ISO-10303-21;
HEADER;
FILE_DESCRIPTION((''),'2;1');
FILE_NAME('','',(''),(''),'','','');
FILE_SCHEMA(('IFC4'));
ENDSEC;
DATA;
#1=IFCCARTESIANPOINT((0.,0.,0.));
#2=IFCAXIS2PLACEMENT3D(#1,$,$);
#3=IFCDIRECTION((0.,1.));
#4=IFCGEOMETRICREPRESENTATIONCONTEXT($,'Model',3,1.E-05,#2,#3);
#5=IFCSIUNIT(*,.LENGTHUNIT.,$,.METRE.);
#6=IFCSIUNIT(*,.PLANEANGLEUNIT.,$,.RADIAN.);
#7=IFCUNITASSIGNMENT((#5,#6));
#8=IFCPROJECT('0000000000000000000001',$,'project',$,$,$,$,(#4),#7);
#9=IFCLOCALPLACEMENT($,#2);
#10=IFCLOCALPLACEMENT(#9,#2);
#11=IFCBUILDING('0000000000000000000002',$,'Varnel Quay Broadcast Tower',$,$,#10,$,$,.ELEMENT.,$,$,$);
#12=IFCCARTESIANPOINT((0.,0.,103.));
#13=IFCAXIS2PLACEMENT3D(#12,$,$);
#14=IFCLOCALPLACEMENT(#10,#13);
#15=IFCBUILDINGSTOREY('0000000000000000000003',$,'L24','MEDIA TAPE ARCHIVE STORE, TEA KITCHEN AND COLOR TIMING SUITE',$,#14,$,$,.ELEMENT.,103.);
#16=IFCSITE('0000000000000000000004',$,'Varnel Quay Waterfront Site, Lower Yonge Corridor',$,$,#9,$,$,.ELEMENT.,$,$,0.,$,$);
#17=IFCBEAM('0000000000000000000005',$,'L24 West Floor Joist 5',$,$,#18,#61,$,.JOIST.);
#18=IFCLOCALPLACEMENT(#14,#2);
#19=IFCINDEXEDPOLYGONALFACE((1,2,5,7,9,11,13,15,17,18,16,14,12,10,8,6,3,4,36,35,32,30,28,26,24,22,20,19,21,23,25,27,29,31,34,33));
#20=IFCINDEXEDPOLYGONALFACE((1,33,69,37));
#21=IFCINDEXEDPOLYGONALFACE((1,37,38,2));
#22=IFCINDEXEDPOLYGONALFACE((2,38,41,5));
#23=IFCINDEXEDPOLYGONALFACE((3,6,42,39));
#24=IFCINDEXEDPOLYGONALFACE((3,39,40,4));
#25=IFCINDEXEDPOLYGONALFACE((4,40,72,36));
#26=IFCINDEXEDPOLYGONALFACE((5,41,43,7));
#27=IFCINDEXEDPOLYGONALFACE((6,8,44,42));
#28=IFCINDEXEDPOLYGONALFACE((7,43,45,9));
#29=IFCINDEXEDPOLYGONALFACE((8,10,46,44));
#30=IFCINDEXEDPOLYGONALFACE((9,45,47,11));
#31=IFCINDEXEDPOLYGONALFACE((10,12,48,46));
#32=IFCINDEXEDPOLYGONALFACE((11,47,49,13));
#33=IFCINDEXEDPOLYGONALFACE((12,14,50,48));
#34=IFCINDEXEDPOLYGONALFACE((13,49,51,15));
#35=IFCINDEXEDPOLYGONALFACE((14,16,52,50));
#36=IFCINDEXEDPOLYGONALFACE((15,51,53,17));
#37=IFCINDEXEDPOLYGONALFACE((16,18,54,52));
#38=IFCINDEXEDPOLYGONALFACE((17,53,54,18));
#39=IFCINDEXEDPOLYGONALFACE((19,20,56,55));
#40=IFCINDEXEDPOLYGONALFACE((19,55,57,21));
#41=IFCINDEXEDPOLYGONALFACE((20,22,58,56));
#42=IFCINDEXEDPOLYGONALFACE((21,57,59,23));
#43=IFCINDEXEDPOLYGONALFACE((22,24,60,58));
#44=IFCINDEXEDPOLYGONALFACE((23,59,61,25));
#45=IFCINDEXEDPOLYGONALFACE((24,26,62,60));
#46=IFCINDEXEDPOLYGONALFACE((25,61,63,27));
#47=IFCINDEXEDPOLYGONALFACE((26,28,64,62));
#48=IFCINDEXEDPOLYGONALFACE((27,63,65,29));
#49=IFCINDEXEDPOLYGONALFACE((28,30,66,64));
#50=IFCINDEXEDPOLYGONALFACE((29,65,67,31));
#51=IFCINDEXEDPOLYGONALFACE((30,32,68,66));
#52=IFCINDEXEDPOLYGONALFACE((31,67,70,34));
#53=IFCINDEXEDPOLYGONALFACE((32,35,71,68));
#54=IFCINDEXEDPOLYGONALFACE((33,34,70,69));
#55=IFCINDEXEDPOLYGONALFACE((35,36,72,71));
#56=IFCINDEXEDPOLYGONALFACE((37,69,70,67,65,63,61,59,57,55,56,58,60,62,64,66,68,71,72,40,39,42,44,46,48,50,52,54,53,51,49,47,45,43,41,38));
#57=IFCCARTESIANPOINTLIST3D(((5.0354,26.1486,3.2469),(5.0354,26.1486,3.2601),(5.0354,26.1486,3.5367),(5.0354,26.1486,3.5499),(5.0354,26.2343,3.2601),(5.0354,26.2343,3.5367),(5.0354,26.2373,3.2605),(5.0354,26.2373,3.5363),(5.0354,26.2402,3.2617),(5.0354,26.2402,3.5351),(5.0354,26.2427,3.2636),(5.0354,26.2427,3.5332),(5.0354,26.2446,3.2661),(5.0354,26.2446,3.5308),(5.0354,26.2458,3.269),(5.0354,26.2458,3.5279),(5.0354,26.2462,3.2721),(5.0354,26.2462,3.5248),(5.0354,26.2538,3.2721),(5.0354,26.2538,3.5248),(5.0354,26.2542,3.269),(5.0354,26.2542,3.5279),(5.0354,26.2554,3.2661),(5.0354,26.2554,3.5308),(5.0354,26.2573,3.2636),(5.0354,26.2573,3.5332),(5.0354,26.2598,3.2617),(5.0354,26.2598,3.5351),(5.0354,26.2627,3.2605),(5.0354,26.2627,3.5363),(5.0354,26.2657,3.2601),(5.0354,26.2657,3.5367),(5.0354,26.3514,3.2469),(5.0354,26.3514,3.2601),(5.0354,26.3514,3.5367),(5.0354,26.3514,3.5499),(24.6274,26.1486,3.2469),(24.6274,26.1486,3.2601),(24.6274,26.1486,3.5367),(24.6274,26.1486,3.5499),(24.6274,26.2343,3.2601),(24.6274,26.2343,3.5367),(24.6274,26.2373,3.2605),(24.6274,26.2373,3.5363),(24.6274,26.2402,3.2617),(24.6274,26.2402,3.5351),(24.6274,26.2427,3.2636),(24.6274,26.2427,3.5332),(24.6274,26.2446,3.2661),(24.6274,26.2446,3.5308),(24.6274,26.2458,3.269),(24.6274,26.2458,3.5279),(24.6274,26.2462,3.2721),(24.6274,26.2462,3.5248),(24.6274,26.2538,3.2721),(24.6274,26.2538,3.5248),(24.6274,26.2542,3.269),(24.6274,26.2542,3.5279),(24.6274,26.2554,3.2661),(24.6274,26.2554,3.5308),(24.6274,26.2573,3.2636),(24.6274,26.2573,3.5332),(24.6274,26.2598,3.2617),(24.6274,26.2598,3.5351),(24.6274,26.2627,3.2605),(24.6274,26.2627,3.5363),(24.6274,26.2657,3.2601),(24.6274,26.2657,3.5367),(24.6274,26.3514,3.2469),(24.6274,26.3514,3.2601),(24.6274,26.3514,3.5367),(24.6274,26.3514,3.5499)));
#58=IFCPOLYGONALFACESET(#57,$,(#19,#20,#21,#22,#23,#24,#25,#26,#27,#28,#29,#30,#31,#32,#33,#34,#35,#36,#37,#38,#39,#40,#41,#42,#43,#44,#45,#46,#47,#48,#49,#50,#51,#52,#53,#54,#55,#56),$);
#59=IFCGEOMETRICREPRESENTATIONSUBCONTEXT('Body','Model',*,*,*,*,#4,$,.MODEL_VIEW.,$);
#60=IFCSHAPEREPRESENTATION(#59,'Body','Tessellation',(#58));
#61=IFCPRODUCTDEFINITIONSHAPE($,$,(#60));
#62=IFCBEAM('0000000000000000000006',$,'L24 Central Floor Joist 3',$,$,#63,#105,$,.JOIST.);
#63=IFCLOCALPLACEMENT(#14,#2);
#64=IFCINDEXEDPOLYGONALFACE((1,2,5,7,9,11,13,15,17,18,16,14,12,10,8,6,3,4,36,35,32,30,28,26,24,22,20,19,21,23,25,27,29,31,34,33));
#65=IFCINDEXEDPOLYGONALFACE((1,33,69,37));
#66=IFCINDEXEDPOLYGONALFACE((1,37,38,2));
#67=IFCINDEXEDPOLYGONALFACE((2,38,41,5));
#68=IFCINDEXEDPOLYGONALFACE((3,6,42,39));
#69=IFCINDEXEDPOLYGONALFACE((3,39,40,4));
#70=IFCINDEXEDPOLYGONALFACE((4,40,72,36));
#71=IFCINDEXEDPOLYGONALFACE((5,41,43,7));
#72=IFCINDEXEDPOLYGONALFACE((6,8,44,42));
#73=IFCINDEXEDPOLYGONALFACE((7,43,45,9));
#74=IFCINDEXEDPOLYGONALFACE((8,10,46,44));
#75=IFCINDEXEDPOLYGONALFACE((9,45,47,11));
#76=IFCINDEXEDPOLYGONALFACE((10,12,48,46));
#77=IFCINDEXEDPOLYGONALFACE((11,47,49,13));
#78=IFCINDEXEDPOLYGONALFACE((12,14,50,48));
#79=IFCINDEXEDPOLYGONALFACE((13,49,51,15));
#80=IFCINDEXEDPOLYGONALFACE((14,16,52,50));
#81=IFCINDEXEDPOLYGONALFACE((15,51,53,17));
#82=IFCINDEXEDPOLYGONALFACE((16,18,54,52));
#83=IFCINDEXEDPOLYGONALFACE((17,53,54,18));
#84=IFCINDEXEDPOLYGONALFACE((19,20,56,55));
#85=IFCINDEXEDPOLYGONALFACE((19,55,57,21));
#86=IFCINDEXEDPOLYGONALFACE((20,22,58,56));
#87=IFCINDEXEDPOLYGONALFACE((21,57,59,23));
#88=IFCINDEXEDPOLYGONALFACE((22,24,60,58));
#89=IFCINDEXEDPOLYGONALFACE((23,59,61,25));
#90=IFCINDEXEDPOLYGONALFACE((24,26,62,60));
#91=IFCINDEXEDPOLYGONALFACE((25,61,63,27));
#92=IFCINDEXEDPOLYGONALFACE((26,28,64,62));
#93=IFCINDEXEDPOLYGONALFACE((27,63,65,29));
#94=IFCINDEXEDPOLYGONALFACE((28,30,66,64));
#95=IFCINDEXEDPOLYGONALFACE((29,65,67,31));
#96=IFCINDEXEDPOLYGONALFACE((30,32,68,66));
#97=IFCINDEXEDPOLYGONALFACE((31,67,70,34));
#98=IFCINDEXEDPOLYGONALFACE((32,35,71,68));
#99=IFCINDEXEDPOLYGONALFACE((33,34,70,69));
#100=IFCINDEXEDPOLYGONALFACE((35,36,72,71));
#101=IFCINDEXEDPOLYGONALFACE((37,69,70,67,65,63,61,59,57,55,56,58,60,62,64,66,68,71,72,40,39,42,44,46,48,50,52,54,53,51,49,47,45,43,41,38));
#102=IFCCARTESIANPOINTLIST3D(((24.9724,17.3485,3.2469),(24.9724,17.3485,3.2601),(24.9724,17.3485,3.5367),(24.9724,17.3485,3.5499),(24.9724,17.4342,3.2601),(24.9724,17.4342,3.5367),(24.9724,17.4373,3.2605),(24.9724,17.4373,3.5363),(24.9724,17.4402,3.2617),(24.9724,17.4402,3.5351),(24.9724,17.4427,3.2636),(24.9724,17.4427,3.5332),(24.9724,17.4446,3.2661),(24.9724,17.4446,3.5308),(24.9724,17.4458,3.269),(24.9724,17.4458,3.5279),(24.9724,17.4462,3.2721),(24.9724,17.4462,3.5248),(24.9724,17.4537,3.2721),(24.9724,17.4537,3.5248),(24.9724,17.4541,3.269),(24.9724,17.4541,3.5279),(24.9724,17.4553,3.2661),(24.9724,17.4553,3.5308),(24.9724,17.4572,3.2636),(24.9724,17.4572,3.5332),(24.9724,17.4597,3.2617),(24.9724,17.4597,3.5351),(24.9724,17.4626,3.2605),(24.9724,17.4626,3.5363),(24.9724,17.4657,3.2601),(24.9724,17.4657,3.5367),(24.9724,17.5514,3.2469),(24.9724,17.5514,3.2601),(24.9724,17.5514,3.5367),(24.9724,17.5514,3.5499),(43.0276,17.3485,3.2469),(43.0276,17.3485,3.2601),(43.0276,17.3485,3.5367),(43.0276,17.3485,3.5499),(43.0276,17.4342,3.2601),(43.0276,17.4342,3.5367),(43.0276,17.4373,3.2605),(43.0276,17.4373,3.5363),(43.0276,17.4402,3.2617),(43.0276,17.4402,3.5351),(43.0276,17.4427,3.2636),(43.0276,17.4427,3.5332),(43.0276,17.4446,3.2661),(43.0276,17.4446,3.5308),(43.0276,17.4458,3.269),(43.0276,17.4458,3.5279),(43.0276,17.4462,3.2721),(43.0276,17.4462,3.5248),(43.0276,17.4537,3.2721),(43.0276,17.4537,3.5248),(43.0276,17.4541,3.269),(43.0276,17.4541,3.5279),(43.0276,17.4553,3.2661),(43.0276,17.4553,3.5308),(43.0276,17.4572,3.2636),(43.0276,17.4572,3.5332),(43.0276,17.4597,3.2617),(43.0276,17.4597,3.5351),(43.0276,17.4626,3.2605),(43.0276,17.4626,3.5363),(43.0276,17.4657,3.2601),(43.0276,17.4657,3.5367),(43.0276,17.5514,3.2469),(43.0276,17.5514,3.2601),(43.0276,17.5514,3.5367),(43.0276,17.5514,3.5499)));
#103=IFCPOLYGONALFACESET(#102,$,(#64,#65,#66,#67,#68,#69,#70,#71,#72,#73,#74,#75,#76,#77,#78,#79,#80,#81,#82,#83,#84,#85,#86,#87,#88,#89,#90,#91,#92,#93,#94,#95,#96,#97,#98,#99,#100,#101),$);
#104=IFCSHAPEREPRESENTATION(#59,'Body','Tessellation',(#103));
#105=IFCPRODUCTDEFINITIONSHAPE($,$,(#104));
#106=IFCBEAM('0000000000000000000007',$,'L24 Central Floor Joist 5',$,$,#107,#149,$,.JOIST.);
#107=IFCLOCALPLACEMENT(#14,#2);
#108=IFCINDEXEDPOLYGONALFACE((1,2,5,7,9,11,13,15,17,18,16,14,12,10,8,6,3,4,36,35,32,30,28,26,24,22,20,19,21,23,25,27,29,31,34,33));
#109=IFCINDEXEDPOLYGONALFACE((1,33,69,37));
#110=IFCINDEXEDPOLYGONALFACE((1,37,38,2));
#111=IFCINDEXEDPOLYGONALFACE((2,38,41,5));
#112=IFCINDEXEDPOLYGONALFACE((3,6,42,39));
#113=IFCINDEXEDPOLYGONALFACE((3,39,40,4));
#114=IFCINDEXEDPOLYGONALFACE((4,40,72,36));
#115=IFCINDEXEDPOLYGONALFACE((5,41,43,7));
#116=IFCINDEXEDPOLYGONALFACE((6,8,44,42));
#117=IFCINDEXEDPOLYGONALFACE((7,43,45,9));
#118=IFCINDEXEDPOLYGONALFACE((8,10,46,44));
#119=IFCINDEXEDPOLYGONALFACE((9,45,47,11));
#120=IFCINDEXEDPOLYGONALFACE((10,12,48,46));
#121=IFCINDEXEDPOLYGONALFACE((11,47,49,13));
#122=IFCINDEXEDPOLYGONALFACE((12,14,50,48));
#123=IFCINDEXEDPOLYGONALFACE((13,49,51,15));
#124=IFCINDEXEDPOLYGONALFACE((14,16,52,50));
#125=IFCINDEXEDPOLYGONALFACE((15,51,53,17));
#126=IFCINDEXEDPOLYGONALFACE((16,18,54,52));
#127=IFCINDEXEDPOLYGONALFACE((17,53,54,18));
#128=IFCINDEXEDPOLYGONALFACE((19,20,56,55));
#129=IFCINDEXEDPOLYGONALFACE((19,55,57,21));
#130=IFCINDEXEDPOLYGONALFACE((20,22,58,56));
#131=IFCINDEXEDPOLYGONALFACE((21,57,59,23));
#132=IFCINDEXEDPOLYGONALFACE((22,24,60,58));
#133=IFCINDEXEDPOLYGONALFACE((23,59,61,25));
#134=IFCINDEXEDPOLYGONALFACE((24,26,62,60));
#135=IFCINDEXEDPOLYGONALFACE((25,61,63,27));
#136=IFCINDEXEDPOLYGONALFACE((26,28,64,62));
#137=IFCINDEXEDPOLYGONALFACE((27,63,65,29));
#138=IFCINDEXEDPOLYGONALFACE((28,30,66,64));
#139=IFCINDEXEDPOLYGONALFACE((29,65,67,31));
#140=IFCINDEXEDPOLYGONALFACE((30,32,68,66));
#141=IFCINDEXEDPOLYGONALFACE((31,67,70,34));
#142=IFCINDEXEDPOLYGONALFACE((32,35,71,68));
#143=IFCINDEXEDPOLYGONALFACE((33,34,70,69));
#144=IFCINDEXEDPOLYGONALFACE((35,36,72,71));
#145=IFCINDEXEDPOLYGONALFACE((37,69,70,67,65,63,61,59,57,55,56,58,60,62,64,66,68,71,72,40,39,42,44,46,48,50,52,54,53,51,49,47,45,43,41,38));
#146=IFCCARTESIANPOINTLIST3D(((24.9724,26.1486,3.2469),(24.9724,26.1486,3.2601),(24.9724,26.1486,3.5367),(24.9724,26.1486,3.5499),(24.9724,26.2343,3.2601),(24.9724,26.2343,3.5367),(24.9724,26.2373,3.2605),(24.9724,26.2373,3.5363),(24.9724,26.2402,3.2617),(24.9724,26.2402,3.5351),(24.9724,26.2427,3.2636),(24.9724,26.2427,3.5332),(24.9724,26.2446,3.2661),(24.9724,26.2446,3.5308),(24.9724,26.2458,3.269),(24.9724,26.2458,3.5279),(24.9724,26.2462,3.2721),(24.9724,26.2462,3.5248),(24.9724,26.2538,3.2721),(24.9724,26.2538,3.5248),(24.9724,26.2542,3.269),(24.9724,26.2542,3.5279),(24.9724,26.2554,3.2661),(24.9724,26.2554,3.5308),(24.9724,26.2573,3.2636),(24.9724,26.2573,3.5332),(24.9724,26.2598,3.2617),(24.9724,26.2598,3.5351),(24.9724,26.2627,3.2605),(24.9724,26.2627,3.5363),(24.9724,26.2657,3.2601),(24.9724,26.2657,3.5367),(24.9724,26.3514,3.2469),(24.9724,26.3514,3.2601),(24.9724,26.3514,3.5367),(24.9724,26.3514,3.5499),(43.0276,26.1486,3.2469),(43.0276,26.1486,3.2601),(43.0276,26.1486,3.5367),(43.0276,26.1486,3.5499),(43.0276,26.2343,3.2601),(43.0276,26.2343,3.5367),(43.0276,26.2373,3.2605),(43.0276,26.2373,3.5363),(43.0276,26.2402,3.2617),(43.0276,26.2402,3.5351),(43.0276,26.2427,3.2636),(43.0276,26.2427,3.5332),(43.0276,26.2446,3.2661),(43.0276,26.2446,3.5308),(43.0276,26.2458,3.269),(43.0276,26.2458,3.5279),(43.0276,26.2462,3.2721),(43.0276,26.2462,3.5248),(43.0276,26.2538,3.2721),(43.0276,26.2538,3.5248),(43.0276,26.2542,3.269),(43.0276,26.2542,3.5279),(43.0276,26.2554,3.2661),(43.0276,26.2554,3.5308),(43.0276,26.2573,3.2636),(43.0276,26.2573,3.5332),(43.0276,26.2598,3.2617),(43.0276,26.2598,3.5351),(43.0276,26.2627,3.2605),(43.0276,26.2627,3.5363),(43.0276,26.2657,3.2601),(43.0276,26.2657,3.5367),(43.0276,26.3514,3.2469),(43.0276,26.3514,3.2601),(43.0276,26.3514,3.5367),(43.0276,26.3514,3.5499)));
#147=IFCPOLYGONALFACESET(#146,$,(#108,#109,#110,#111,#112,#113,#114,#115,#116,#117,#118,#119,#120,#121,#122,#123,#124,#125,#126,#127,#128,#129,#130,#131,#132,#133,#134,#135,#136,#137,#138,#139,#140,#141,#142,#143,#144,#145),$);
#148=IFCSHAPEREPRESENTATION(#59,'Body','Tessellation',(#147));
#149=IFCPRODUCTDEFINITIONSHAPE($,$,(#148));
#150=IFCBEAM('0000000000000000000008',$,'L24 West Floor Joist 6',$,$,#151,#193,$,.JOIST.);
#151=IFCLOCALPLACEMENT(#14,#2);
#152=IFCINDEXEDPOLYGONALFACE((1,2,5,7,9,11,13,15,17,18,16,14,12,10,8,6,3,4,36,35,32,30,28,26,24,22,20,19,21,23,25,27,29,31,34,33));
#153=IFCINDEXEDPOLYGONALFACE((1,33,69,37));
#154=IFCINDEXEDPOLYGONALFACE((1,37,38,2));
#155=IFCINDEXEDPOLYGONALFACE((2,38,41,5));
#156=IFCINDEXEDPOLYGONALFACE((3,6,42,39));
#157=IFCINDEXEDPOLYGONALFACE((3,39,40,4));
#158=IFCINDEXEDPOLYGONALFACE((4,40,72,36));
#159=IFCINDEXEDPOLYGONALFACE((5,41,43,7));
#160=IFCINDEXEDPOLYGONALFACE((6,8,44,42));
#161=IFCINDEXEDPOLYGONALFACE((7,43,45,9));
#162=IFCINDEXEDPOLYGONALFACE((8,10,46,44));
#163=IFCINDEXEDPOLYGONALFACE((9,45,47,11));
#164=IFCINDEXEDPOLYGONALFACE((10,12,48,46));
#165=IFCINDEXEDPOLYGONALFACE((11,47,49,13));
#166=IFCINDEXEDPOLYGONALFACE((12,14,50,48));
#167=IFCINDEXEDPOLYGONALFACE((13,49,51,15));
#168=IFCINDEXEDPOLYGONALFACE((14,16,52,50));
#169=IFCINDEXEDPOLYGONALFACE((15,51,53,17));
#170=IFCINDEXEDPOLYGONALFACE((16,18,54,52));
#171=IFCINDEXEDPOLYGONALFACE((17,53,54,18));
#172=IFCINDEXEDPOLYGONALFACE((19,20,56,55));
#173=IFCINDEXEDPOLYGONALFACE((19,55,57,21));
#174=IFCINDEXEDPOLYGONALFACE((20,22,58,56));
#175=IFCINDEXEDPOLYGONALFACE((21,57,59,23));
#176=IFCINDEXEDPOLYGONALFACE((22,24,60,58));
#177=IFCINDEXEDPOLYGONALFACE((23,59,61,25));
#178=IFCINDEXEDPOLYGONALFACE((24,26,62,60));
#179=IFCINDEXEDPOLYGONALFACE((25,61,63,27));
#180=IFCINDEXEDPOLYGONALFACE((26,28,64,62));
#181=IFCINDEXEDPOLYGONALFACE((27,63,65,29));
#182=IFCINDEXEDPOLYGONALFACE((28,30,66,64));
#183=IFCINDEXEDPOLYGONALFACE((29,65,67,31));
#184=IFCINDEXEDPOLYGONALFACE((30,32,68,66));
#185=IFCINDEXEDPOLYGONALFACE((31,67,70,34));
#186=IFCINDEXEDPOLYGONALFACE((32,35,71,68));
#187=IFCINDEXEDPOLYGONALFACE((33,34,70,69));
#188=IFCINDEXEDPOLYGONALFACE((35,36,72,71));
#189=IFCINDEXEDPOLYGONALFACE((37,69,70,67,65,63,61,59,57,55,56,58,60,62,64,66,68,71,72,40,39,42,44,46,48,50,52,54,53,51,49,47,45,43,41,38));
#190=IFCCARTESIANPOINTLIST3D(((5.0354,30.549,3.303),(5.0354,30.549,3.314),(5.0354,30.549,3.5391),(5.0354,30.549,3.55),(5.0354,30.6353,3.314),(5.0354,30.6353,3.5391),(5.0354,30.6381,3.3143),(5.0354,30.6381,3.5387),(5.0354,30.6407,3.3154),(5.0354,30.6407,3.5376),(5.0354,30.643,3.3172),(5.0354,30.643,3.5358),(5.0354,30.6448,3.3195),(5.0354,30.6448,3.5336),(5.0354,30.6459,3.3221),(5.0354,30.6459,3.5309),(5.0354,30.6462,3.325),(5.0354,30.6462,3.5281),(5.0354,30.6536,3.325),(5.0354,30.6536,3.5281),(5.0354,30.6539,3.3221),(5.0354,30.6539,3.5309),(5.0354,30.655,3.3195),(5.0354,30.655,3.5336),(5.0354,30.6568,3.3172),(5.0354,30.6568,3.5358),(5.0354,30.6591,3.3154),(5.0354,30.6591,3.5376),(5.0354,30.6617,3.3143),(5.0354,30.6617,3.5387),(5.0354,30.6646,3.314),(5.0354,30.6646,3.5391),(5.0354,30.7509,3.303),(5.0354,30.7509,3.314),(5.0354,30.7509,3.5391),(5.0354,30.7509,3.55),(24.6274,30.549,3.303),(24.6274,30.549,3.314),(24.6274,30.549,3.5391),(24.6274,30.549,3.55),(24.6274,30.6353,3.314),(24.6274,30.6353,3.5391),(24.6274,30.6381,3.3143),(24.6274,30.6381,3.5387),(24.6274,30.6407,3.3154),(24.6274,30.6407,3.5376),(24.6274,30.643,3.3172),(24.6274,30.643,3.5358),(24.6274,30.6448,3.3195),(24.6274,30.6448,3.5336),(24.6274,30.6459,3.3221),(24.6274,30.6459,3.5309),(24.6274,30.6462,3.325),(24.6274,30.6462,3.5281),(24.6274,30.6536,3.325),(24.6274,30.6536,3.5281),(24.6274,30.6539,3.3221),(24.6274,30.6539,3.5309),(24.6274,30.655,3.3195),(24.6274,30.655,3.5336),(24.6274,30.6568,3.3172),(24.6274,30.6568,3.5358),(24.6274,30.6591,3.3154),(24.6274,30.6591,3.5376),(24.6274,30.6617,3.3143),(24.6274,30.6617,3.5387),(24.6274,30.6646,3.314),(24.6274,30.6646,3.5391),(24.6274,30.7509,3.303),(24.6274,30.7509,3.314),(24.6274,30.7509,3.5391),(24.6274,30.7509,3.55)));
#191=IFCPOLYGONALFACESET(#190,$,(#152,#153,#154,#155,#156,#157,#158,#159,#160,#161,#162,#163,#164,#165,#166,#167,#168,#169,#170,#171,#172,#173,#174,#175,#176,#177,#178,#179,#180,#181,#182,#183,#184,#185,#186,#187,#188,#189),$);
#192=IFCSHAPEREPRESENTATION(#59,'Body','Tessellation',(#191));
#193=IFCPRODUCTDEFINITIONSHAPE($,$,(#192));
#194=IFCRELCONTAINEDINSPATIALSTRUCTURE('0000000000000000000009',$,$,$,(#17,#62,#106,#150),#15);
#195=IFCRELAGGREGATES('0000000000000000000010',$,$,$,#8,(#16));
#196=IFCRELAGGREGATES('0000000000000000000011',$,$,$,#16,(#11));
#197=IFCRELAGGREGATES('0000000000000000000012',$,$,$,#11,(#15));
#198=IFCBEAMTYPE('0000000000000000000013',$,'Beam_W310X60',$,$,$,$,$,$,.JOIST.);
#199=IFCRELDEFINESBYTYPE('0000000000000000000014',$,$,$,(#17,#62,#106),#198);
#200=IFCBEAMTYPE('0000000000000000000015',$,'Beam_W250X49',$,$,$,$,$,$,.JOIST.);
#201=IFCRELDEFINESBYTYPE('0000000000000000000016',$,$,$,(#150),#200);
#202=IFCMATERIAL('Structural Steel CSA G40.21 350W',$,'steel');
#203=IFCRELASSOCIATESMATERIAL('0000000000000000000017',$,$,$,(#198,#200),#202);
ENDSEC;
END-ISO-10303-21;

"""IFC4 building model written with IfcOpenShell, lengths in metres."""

from ifc_helpers import new_model, si_unit, direction, frame, origin, origin_2d, place, context, subcontext, project, spatial, i_section, extrude, source, transform, mapped, material, material_profile, profile_set, type_object, type_shapes, element, save


model = new_model("IFC4")

# Units and contexts
model_context = context("Model", 3, precision=1e-05, world=origin(), true_north=direction((0.0, 1.0)))
body_context = subcontext(model_context, "Body", "Model", "MODEL_VIEW")
ifc_project = project(units=[si_unit("LENGTHUNIT", "METRE"), si_unit("PLANEANGLEUNIT", "RADIAN")], contexts=[model_context])

# Site, building, storey
site_placement = place(None, origin())
site = spatial("IfcSite", under=ifc_project, at=site_placement, Name="Varnel Quay Waterfront Site, Lower Yonge Corridor", CompositionType="ELEMENT", RefElevation=0.0)
building_placement = place(site_placement, origin())
building = spatial("IfcBuilding", under=site, at=building_placement, Name="Varnel Quay Broadcast Tower", CompositionType="ELEMENT")
storey_placement = place(building_placement, frame((0.0, 0.0, 103.0)))
storey = spatial("IfcBuildingStorey", under=building, at=storey_placement, Name="L24", Description="MEDIA TAPE ARCHIVE STORE, TEA KITCHEN AND COLOR TIMING SUITE", CompositionType="ELEMENT", Elevation=103.0)

# Beams
ifc_material_1 = material(Name="Structural Steel CSA G40.21 350W", Category="steel")
ifc_material_profile_1 = material_profile(ifc_material_1, i_section(OverallWidth=0.2029, OverallDepth=0.303, WebThickness=0.0076, FlangeThickness=0.0132, FilletRadius=0.012, at=origin_2d()), Name="W310X60")
ifc_profile_set_1 = profile_set([ifc_material_profile_1], Name="Structural Steel CSA G40.21 350W")
beam_type_1 = type_object("IfcBeamType", Name="Beam_W310X60", PredefinedType="JOIST", material=ifc_profile_set_1)
shared_shape_1 = source(origin(), body_context, "Body", "SweptSolid", [
    extrude(i_section(OverallWidth=0.2029, OverallDepth=0.303, WebThickness=0.0076, FlangeThickness=0.0132, FilletRadius=0.012, at=origin_2d()), origin(), (0.0, 0.0, 1.0), 19.592),
])
beam_1_placement = place(storey_placement, frame((5.0354, 26.25, 3.3984), z_axis=(1.0, 0.0, 0.0), x_axis=(0.0, 1.0, 0.0)))
element("IfcBeam", 1, at=beam_1_placement, inside=storey, type_object=beam_type_1, Name="L24 West Floor Joist 5", PredefinedType="JOIST", context=body_context, shape_type="MappedRepresentation", body=[
    mapped(shared_shape_1, transform((0.0, 0.0, 0.0), x_axis=(1.0, 0.0, 0.0), y_axis=(0.0, 1.0, 0.0), z_axis=(0.0, 0.0, 1.0), scale=1.0)),
])
shared_shape_2 = source(origin(), body_context, "Body", "SweptSolid", [
    extrude(i_section(OverallWidth=0.2029, OverallDepth=0.303, WebThickness=0.0076, FlangeThickness=0.0132, FilletRadius=0.012, at=origin_2d()), origin(), (0.0, 0.0, 1.0), 18.0552),
])
type_shapes(beam_type_1, [shared_shape_1, shared_shape_2])
for number, where, z_axis, x_axis, name in (
    (2, (24.9724, 17.45, 3.3984), (1.0, 0.0, 0.0), (0.0, 1.0, 0.0), "L24 Central Floor Joist 3"),
    (3, (24.9724, 26.25, 3.3984), (1.0, 0.0, 0.0), (0.0, 1.0, 0.0), "L24 Central Floor Joist 5"),
):
    element("IfcBeam", number, at=place(storey_placement, frame(where, z_axis=z_axis, x_axis=x_axis)), inside=storey, type_object=beam_type_1, Name=name, PredefinedType="JOIST", context=body_context, shape_type="MappedRepresentation", body=[
        mapped(shared_shape_2, transform((0.0, 0.0, 0.0), x_axis=(1.0, 0.0, 0.0), y_axis=(0.0, 1.0, 0.0), z_axis=(0.0, 0.0, 1.0), scale=1.0)),
    ])
ifc_material_profile_2 = material_profile(ifc_material_1, i_section(OverallWidth=0.2019, OverallDepth=0.2471, WebThickness=0.0073, FlangeThickness=0.011, FilletRadius=0.011, at=origin_2d()), Name="W250X49")
ifc_profile_set_2 = profile_set([ifc_material_profile_2], Name="Structural Steel CSA G40.21 350W")
beam_type_2 = type_object("IfcBeamType", Name="Beam_W250X49", PredefinedType="JOIST", material=ifc_profile_set_2)
shared_shape_3 = source(origin(), body_context, "Body", "SweptSolid", [
    extrude(i_section(OverallWidth=0.2019, OverallDepth=0.2471, WebThickness=0.0073, FlangeThickness=0.011, FilletRadius=0.011, at=origin_2d()), origin(), (0.0, 0.0, 1.0), 19.592),
])
beam_2_placement = place(storey_placement, frame((5.0354, 30.6499, 3.4265), z_axis=(1.0, 0.0, 0.0), x_axis=(0.0, 1.0, 0.0)))
element("IfcBeam", 4, at=beam_2_placement, inside=storey, type_object=beam_type_2, Name="L24 West Floor Joist 6", PredefinedType="JOIST", context=body_context, shape_type="MappedRepresentation", body=[
    mapped(shared_shape_3, transform((0.0, 0.0, 0.0), x_axis=(1.0, 0.0, 0.0), y_axis=(0.0, 1.0, 0.0), z_axis=(0.0, 0.0, 1.0), scale=1.0)),
])

save(model, "model.ifc")
